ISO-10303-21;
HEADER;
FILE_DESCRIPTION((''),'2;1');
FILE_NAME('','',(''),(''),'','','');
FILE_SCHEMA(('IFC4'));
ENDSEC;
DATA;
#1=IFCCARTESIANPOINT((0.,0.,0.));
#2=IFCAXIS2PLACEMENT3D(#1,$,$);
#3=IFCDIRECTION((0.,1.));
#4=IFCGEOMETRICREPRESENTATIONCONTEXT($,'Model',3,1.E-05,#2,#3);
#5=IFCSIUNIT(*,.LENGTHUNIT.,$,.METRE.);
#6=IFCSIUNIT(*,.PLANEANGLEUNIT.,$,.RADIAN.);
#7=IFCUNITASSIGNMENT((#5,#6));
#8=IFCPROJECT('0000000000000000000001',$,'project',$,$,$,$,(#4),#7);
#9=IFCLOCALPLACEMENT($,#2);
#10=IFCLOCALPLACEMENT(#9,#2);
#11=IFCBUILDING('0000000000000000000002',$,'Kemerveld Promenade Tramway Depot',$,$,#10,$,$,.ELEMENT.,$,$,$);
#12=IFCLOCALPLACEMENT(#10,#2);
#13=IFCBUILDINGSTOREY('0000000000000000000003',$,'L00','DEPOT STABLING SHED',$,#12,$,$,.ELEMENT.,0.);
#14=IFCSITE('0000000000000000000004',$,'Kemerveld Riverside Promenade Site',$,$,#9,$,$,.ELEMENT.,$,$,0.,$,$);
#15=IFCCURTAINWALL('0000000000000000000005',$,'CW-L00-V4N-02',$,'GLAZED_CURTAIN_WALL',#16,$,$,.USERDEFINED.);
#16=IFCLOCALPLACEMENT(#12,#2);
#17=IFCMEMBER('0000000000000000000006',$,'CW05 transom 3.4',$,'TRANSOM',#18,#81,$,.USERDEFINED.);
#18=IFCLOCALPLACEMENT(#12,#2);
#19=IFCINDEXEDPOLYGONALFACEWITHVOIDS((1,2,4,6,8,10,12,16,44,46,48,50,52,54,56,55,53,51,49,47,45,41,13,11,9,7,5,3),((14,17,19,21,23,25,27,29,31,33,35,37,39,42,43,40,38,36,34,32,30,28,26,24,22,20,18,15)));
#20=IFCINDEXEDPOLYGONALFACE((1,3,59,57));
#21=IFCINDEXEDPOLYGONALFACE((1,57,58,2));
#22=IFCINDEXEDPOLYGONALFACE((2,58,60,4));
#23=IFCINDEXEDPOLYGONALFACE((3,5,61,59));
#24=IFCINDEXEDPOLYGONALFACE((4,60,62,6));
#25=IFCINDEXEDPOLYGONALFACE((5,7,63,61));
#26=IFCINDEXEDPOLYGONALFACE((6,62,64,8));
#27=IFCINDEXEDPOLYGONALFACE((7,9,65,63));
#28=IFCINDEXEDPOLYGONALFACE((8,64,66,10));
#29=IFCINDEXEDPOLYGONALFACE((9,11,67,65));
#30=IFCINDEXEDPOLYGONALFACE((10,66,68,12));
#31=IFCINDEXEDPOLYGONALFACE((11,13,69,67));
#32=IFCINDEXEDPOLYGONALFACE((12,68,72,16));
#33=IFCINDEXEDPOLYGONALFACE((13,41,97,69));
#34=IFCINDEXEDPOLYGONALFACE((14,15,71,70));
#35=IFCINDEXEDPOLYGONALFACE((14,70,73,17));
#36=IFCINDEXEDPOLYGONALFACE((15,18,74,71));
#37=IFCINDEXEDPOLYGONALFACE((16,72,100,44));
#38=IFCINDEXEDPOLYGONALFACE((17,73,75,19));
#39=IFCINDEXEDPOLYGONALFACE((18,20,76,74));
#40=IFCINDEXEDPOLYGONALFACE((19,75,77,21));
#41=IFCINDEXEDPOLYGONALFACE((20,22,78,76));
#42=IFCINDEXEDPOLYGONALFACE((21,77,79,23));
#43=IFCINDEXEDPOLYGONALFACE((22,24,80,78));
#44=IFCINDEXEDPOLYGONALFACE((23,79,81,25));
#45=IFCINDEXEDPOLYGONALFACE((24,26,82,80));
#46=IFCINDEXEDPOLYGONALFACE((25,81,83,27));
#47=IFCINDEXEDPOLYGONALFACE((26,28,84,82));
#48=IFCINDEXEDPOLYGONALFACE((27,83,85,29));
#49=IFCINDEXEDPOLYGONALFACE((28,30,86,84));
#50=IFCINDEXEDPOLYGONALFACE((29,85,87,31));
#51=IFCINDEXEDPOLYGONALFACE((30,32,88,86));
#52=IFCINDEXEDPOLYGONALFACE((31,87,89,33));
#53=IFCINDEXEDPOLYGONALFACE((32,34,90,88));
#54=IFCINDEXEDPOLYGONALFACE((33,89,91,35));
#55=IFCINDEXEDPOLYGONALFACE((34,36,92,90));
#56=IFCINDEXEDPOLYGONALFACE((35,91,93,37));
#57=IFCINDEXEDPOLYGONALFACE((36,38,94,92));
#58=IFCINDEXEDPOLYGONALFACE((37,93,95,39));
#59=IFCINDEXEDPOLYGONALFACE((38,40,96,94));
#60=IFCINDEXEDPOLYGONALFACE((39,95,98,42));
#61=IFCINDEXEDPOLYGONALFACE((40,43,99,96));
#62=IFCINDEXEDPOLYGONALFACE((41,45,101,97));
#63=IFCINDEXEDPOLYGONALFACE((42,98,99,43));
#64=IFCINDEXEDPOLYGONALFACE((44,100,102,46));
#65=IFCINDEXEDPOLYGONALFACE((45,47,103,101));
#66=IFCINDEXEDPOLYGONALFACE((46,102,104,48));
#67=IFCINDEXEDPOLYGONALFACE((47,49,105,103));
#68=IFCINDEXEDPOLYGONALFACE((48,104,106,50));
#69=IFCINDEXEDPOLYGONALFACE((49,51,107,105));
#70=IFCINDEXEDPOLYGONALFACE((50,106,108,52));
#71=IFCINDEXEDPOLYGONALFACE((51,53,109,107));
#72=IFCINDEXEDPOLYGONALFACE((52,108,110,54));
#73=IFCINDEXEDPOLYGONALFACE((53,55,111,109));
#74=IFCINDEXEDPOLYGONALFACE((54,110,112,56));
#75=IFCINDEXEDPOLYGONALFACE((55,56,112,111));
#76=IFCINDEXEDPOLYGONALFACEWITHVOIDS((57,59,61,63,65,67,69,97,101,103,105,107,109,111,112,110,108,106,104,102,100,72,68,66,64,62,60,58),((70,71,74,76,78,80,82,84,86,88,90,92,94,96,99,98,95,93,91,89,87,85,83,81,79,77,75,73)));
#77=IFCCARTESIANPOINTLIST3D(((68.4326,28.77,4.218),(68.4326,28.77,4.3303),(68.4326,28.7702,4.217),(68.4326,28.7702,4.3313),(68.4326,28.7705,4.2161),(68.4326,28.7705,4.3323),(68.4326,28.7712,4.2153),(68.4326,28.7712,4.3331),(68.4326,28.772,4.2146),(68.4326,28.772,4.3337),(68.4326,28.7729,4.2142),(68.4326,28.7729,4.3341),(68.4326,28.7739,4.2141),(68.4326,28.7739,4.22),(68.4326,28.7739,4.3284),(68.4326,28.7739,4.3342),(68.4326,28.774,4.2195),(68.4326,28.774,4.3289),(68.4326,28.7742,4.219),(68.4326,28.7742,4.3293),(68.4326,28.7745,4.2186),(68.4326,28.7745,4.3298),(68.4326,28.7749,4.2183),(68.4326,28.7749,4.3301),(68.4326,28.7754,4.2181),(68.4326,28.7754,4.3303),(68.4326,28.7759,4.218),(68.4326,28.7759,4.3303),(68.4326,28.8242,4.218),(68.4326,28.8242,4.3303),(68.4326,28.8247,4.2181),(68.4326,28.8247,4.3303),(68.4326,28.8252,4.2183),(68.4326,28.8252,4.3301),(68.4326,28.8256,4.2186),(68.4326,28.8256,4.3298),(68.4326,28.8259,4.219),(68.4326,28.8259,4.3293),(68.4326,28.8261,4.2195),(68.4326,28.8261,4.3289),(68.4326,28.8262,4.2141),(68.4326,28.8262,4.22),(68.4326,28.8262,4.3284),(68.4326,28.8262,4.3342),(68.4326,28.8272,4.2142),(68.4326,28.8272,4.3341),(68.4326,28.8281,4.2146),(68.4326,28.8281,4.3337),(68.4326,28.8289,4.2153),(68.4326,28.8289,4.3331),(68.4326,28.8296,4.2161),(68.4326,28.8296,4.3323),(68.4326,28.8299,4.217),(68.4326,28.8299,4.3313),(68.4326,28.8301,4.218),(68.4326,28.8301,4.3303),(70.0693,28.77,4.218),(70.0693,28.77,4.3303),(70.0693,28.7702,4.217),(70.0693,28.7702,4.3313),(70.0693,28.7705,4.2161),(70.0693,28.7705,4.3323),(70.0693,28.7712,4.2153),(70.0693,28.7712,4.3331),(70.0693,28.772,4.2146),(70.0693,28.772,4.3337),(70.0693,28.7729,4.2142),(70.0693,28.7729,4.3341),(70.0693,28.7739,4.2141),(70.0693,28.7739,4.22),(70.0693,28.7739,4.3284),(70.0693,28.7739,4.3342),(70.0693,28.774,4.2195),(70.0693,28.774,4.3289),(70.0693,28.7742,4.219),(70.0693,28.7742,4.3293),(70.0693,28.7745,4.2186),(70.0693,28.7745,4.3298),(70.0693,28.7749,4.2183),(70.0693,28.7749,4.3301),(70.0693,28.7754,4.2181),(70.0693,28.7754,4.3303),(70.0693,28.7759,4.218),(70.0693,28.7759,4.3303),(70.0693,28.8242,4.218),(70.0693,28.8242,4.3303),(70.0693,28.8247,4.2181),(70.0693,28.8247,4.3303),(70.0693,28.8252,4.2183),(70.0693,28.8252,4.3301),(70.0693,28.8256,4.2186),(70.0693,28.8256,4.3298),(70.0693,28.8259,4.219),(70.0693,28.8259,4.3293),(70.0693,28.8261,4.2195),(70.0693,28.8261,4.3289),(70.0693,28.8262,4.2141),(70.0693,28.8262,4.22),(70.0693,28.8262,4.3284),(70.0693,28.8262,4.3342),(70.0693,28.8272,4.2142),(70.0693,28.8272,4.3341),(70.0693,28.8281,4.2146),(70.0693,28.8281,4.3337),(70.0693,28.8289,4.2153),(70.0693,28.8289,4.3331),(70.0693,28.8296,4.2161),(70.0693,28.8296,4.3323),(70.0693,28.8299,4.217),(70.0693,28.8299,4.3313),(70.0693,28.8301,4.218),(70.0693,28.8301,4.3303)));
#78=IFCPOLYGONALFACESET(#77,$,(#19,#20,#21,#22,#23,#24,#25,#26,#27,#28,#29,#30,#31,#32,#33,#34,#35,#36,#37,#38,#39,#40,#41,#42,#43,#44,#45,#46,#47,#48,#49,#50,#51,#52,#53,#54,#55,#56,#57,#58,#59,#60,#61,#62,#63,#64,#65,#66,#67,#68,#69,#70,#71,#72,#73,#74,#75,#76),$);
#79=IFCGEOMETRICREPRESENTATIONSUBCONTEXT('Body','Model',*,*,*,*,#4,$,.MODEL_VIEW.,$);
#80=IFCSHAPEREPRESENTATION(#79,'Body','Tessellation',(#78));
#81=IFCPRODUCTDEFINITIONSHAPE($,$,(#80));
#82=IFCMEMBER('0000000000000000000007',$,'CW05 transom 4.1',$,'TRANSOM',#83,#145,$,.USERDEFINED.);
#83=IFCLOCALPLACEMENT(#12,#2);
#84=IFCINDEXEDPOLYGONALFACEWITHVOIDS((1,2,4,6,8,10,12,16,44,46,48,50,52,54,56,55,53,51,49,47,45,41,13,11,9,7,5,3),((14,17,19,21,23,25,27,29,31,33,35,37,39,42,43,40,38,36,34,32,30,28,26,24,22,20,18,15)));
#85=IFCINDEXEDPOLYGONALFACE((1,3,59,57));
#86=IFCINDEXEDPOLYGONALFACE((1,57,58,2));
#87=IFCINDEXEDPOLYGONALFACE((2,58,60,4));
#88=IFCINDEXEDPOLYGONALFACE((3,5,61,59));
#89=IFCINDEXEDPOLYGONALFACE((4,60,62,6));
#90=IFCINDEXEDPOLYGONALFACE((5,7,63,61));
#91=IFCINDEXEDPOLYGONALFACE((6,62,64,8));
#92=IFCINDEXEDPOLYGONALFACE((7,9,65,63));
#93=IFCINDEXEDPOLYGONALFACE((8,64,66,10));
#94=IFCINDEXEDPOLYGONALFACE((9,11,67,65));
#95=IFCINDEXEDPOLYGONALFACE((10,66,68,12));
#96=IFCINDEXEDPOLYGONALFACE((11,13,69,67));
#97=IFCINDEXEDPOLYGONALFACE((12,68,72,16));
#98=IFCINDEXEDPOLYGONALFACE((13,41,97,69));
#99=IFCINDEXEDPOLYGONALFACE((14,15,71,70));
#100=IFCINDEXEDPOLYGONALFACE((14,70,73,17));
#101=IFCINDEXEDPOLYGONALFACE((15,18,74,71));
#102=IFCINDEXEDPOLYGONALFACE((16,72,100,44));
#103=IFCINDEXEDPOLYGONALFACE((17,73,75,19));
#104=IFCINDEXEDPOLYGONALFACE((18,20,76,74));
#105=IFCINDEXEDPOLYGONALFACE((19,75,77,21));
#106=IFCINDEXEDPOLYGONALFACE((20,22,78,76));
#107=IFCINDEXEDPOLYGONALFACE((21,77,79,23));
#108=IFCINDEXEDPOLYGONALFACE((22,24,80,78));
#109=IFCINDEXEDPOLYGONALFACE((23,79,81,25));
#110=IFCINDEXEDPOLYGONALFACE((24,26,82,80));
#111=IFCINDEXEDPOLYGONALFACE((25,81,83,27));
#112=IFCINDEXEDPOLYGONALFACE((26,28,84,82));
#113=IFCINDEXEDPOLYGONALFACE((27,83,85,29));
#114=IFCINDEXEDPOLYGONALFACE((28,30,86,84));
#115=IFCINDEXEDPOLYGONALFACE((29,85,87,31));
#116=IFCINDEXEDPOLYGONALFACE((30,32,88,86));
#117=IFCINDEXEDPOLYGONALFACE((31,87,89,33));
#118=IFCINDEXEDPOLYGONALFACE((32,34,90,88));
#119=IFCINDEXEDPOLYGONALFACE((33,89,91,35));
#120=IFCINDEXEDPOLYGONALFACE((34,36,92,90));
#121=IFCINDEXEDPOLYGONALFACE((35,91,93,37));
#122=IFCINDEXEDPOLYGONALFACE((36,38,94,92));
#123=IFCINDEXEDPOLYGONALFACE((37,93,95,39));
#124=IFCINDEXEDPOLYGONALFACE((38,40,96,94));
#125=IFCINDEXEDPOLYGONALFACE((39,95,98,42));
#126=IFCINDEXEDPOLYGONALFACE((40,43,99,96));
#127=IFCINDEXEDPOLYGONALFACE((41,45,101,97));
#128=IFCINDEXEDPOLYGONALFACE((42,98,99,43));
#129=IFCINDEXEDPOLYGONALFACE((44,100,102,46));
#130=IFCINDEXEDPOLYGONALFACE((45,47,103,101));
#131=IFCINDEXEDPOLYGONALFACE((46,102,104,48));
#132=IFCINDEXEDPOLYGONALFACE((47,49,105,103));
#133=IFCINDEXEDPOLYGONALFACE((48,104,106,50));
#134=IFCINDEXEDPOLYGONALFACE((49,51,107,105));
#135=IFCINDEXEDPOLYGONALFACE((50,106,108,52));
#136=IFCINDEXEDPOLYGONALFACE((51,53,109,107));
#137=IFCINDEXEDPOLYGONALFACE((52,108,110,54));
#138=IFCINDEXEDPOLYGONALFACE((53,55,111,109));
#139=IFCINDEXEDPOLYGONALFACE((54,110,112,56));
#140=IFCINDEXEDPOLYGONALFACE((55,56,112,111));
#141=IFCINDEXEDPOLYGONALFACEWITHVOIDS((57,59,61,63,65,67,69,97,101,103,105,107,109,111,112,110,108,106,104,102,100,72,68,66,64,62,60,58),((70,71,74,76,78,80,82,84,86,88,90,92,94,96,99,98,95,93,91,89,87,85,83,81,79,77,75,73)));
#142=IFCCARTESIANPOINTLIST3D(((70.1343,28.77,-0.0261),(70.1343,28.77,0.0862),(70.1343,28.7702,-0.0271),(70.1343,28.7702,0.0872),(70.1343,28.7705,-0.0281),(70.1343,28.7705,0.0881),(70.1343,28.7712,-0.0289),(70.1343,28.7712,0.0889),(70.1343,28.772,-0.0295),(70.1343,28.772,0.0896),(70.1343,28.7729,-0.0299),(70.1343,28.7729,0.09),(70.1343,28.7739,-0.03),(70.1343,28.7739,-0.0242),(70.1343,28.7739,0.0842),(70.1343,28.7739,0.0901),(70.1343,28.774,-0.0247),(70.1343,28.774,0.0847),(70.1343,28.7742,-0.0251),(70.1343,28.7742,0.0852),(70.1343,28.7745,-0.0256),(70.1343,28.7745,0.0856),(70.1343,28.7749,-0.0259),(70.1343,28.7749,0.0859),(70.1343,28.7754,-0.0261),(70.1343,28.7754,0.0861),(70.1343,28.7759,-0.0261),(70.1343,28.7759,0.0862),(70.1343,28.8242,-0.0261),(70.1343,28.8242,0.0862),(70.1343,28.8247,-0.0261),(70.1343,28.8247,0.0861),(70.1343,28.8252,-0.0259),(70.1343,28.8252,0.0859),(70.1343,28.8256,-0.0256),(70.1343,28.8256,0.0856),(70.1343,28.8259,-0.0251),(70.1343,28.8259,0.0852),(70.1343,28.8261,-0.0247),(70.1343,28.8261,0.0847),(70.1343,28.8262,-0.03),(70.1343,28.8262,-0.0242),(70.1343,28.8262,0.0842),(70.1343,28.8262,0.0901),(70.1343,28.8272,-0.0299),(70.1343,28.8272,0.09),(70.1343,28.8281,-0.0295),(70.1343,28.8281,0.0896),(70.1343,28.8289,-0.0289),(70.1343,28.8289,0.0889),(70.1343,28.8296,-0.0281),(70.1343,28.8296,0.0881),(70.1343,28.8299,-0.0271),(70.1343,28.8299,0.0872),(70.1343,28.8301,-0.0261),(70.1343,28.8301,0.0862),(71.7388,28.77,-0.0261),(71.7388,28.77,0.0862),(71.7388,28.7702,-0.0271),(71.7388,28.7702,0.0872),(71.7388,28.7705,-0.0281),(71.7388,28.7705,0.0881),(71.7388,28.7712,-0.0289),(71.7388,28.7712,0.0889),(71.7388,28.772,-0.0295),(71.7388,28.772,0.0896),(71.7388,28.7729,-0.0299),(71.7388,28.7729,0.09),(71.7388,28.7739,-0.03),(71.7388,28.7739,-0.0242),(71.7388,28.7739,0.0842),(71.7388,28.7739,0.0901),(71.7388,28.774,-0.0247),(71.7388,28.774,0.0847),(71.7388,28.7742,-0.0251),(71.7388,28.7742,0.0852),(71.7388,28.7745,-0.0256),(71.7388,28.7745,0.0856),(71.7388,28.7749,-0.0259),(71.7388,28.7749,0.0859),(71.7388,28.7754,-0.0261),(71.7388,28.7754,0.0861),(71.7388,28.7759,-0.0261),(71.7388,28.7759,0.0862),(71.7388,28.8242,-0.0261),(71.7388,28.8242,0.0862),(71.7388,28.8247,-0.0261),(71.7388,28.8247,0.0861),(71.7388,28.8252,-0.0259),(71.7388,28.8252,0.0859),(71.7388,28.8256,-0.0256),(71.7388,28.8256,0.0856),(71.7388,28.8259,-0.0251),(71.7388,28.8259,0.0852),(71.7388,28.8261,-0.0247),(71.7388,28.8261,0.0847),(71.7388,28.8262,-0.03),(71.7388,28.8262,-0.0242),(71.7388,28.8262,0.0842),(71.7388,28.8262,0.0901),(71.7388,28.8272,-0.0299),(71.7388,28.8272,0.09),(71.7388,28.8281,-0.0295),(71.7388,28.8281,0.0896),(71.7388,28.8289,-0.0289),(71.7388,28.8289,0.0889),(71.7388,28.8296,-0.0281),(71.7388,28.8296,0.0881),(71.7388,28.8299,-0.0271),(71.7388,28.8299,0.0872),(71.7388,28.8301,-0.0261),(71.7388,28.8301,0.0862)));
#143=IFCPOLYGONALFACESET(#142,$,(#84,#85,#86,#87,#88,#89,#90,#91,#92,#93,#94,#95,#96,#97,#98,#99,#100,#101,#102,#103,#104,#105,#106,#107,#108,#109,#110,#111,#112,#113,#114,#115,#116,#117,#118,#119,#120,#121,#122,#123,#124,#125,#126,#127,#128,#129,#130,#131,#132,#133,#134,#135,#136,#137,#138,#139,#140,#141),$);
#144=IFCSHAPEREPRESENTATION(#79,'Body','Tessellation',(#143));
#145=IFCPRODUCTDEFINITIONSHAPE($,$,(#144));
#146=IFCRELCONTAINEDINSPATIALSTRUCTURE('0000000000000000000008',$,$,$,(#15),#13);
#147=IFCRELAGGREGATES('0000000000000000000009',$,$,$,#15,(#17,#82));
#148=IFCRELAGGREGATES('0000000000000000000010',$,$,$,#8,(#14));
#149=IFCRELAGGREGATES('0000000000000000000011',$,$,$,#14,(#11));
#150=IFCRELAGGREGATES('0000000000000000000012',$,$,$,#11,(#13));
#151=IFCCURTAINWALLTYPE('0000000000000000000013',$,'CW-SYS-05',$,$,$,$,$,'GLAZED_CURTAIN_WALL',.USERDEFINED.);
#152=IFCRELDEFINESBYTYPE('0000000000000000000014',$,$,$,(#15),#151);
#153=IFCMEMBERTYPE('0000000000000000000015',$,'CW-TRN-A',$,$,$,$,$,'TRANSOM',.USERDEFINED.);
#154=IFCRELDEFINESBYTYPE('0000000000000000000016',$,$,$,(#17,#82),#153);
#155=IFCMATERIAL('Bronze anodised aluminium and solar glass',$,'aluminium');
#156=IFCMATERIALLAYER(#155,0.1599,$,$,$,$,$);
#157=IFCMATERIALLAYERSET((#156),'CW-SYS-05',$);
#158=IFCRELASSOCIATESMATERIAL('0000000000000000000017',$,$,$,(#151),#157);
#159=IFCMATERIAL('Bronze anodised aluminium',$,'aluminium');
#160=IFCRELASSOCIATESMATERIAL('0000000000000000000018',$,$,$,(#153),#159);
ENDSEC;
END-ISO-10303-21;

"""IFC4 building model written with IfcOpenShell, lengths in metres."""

from ifc_helpers import new_model, si_unit, direction, frame, origin, origin_2d, place, context, subcontext, project, spatial, hollow_rectangle, extrude, material, layer, layer_set, material_profile, profile_set, type_object, element, aggregate, save


model = new_model("IFC4")

# Units and contexts
model_context = context("Model", 3, precision=1e-05, world=origin(), true_north=direction((0.0, 1.0)))
body_context = subcontext(model_context, "Body", "Model", "MODEL_VIEW")
ifc_project = project(units=[si_unit("LENGTHUNIT", "METRE"), si_unit("PLANEANGLEUNIT", "RADIAN")], contexts=[model_context])

# Site, building, storey
site_placement = place(None, origin())
site = spatial("IfcSite", under=ifc_project, at=site_placement, Name="Kemerveld Riverside Promenade Site", CompositionType="ELEMENT", RefElevation=0.0)
building_placement = place(site_placement, origin())
building = spatial("IfcBuilding", under=site, at=building_placement, Name="Kemerveld Promenade Tramway Depot", CompositionType="ELEMENT")
storey_placement = place(building_placement, origin())
storey = spatial("IfcBuildingStorey", under=building, at=storey_placement, Name="L00", Description="DEPOT STABLING SHED", CompositionType="ELEMENT", Elevation=0.0)

# Curtain wall, members
ifc_material_1 = material(Name="Bronze anodised aluminium and solar glass", Category="aluminium")
ifc_layer_1 = layer(ifc_material_1, 0.1599)
ifc_layer_set_1 = layer_set([ifc_layer_1], Name="CW-SYS-05")
curtain_wall_type = type_object("IfcCurtainWallType", Name="CW-SYS-05", ElementType="GLAZED_CURTAIN_WALL", PredefinedType="USERDEFINED", material=ifc_layer_set_1)
curtain_wall_placement = place(storey_placement, origin())
curtain_wall = element("IfcCurtainWall", 1, at=curtain_wall_placement, inside=storey, type_object=curtain_wall_type, Name="CW-L00-V4N-02", ObjectType="GLAZED_CURTAIN_WALL", PredefinedType="USERDEFINED")
ifc_material_2 = material(Name="Bronze anodised aluminium", Category="aluminium")
ifc_material_profile_1 = material_profile(ifc_material_2, hollow_rectangle(XDim=0.0601, YDim=0.1201, WallThickness=0.0039, InnerFilletRadius=0.002, OuterFilletRadius=0.0039, at=origin_2d()), Name="CW-TRN-120x60")
ifc_profile_set_1 = profile_set([ifc_material_profile_1], Name="Bronze anodised aluminium")
member_type_1 = type_object("IfcMemberType", Name="CW-TRN-A", ElementType="TRANSOM", PredefinedType="USERDEFINED", material=ifc_profile_set_1)
member_1_placement = place(storey_placement, frame((68.4326, 28.8, 4.2742), z_axis=(1.0, 0.0, 0.0), x_axis=(0.0, 1.0, 0.0)))
member_1 = element("IfcMember", 2, at=member_1_placement, type_object=member_type_1, Name="CW05 transom 3.4", ObjectType="TRANSOM", PredefinedType="USERDEFINED", context=body_context, shape_type="SweptSolid", body=[
    extrude(hollow_rectangle(XDim=0.0601, YDim=0.1201, WallThickness=0.0039, InnerFilletRadius=0.002, OuterFilletRadius=0.0039, at=origin_2d()), origin(), (0.0, 0.0, 1.0), 1.6367),
])
member_2_placement = place(storey_placement, frame((70.1343, 28.8, 0.03), z_axis=(1.0, 0.0, 0.0), x_axis=(0.0, 1.0, 0.0)))
member_2 = element("IfcMember", 3, at=member_2_placement, type_object=member_type_1, Name="CW05 transom 4.1", ObjectType="TRANSOM", PredefinedType="USERDEFINED", context=body_context, shape_type="SweptSolid", body=[
    extrude(hollow_rectangle(XDim=0.0601, YDim=0.1201, WallThickness=0.0039, InnerFilletRadius=0.002, OuterFilletRadius=0.0039, at=origin_2d()), origin(), (0.0, 0.0, 1.0), 1.6045),
])
aggregate(curtain_wall, [member_1, member_2])

save(model, "model.ifc")
